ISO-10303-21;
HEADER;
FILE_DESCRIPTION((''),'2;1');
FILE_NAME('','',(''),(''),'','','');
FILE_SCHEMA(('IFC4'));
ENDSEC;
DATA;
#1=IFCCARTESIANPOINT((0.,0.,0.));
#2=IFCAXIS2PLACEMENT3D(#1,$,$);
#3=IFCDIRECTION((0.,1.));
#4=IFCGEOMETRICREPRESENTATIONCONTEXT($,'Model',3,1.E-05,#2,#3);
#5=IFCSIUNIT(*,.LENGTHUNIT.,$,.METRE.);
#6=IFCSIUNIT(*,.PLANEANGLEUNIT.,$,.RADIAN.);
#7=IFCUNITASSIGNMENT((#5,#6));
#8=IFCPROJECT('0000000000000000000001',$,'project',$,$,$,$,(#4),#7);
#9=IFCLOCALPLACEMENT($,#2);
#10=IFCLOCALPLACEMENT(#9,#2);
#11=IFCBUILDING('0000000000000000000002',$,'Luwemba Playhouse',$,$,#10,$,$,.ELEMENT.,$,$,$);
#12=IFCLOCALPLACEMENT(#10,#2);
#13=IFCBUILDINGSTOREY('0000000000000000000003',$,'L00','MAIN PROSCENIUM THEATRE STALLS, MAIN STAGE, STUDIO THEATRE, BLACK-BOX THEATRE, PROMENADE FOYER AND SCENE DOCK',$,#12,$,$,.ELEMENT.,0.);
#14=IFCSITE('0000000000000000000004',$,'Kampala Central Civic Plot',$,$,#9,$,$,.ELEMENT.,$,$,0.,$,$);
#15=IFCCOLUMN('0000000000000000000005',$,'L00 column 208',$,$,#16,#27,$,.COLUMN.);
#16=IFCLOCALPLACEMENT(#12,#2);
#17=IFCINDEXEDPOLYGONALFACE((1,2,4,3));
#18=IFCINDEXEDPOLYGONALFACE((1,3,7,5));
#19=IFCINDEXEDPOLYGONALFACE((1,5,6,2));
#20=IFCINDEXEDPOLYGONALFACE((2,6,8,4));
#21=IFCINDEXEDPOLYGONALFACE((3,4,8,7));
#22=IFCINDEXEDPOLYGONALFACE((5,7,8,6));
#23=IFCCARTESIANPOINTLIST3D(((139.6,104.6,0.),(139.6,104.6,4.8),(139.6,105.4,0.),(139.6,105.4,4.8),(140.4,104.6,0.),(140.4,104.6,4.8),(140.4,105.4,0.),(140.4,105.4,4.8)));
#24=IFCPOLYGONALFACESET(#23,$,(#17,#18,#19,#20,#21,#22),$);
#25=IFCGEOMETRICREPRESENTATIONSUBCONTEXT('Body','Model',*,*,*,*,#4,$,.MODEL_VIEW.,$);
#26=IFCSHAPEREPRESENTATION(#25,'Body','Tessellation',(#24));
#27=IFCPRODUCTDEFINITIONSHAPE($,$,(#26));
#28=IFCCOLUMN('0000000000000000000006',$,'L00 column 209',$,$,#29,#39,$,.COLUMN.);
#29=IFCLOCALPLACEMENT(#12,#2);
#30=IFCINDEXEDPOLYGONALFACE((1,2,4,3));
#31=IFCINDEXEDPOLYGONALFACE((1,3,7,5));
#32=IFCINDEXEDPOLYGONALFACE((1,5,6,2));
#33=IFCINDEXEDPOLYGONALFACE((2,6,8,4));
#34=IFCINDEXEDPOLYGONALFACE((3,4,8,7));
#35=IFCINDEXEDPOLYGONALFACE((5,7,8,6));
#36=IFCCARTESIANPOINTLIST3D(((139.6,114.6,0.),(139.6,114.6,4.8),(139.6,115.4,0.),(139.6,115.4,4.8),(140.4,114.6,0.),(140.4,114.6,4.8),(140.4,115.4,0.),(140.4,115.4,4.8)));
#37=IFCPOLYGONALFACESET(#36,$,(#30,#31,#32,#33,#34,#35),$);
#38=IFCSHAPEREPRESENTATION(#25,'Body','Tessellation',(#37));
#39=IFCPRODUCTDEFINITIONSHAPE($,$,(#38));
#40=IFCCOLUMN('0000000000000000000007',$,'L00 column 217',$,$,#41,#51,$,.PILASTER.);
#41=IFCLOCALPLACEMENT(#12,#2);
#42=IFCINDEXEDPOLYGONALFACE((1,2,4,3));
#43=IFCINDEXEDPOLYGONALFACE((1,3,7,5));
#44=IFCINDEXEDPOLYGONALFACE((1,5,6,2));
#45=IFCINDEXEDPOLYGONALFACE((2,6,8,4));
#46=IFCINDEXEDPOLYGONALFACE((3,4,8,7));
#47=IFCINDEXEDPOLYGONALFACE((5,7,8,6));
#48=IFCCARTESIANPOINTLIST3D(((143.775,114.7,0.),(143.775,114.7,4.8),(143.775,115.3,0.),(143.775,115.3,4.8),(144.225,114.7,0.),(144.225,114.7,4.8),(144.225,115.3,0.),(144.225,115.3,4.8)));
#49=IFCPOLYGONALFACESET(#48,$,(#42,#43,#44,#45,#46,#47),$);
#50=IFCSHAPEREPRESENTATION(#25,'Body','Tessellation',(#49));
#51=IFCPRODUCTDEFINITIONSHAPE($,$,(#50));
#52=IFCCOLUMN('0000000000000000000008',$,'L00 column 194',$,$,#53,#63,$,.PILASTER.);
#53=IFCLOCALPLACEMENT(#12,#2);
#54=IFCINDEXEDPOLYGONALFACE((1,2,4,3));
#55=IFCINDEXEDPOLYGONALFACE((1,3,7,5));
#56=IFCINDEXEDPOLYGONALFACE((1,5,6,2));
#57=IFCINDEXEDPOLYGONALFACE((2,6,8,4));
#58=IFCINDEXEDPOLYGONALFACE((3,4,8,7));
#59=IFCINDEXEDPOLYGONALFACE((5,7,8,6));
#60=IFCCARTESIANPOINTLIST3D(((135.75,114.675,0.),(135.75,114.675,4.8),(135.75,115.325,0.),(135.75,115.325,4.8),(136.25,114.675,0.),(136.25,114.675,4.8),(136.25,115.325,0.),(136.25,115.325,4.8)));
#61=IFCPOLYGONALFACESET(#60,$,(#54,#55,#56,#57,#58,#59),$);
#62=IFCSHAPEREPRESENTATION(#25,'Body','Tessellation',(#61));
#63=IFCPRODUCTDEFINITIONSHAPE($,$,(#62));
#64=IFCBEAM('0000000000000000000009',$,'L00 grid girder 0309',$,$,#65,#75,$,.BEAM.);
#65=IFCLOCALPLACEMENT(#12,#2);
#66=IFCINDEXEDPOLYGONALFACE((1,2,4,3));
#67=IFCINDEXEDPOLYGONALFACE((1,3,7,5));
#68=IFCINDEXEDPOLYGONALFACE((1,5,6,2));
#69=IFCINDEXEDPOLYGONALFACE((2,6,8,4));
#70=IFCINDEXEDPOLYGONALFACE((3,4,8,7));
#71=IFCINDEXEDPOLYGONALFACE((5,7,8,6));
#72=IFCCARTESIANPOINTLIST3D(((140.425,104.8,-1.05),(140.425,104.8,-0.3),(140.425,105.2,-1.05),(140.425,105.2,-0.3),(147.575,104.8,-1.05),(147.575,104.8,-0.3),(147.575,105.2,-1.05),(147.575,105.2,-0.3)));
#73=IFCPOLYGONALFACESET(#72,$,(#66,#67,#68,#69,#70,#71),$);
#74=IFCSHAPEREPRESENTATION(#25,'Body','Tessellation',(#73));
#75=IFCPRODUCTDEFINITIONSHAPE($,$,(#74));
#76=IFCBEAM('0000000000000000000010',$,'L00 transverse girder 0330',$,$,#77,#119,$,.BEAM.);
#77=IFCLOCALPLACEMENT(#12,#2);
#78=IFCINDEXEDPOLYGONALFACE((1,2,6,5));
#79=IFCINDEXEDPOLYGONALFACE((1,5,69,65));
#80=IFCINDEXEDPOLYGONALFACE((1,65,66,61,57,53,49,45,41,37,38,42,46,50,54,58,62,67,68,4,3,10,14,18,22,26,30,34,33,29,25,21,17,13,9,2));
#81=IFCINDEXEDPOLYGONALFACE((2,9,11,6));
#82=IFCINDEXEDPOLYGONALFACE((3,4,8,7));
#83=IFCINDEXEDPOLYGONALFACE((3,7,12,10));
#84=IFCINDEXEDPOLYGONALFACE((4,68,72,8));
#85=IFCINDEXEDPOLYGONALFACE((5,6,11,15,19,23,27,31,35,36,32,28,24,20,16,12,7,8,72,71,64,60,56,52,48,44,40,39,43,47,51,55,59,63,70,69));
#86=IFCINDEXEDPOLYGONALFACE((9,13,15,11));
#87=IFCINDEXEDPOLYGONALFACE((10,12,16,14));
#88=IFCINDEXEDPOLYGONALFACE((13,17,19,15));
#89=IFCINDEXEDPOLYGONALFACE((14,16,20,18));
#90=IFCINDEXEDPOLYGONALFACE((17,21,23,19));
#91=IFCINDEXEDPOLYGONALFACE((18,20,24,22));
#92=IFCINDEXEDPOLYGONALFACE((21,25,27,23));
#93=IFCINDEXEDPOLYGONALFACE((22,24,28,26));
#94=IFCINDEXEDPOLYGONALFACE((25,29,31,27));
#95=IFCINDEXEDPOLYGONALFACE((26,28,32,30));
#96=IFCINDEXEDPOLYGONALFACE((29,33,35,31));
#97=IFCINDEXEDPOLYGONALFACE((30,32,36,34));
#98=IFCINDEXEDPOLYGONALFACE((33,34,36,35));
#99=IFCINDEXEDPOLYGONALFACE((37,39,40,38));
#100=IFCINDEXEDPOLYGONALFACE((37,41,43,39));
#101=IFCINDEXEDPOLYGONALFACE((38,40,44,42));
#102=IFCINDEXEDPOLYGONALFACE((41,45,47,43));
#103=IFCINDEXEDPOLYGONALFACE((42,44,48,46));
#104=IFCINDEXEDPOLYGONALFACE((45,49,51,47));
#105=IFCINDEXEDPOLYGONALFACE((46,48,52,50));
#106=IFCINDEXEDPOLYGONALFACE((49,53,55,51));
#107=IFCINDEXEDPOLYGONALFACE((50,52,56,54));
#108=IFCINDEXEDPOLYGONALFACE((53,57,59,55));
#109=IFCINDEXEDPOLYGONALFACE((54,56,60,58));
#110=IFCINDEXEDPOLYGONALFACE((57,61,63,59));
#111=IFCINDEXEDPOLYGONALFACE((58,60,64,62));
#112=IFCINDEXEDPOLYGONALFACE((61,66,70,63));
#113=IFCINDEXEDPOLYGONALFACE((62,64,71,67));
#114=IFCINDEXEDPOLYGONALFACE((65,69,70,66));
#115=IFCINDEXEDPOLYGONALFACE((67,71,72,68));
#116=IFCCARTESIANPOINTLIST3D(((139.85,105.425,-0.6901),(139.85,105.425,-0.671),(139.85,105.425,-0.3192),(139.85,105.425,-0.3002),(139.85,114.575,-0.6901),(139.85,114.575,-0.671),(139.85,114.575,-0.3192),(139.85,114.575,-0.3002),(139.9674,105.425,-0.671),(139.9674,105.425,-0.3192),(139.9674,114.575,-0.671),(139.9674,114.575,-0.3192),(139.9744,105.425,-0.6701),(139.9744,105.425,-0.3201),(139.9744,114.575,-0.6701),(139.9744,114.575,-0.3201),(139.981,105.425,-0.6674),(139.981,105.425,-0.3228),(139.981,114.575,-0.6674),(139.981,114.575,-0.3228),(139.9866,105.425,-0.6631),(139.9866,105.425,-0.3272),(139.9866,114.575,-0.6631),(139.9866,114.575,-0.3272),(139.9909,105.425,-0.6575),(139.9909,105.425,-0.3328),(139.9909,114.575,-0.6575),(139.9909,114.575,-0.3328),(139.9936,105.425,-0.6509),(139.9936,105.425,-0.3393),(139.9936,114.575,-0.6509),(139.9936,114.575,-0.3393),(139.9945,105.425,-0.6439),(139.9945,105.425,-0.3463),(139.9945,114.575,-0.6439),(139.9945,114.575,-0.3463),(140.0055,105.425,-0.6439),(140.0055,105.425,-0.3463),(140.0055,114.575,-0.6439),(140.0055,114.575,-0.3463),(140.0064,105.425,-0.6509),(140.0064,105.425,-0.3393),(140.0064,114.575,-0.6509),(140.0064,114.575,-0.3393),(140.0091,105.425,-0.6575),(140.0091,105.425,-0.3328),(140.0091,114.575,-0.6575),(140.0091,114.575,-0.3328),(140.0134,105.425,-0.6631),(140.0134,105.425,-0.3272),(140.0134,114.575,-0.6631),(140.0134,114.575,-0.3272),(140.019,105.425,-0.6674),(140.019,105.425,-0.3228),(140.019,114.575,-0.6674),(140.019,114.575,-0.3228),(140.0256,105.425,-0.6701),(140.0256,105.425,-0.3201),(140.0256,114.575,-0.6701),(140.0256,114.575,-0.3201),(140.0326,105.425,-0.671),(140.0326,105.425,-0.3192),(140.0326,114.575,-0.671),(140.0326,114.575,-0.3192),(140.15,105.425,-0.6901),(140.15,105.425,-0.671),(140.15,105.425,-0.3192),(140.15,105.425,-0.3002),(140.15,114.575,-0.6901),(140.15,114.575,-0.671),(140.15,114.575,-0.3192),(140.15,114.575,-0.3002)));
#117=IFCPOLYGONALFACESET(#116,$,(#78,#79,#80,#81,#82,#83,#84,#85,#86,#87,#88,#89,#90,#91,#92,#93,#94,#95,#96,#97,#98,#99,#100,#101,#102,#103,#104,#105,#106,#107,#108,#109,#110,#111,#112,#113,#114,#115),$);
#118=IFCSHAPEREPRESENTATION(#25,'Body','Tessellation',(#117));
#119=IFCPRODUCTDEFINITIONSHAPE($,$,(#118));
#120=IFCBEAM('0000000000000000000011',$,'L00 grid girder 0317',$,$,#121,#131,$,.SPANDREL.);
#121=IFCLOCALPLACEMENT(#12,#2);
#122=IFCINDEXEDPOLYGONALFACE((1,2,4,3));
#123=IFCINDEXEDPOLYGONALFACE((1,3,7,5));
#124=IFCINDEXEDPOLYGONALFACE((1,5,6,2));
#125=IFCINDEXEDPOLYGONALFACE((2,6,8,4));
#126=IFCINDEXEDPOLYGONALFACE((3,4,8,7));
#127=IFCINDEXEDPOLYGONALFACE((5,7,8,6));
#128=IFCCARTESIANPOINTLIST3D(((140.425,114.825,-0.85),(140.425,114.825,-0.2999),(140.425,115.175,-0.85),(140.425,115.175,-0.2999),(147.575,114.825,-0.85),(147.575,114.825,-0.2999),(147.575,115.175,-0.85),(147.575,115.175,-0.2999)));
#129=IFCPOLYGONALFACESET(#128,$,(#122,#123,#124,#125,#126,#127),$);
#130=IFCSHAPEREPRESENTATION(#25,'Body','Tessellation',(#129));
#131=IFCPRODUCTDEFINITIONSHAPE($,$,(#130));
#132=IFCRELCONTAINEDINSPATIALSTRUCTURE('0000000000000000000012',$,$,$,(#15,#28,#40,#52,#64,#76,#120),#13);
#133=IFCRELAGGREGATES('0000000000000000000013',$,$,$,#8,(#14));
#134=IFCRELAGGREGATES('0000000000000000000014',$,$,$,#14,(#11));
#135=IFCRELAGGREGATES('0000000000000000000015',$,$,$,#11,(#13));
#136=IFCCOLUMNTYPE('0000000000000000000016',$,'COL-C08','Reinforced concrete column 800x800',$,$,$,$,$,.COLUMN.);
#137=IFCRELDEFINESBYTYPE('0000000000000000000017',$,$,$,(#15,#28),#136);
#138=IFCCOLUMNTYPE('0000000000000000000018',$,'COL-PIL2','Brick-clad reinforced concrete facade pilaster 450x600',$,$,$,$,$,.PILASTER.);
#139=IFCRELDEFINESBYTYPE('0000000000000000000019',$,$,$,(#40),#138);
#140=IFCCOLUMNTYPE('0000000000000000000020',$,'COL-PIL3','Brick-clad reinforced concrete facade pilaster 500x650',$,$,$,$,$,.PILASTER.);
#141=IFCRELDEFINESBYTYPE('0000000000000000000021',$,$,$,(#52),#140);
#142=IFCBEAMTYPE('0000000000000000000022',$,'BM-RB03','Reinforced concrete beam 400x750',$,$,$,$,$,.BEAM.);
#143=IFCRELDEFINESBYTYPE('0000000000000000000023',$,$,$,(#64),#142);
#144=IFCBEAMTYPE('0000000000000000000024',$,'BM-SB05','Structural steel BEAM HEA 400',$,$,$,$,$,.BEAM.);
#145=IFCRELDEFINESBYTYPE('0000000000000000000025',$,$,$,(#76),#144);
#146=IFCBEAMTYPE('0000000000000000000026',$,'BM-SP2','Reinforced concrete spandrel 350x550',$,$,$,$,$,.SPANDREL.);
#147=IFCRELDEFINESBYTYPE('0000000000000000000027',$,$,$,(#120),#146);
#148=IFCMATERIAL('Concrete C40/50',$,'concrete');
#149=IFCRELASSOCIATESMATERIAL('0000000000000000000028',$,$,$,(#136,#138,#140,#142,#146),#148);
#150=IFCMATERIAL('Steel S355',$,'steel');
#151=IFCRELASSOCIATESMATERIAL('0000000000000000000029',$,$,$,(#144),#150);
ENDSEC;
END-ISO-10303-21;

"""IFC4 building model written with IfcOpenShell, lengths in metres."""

from ifc_helpers import new_model, si_unit, direction, frame, origin, origin_2d, place, context, subcontext, project, spatial, rectangle, i_section, extrude, material, material_profile, profile_set, type_object, element, save


model = new_model("IFC4")

# Units and contexts
model_context = context("Model", 3, precision=1e-05, world=origin(), true_north=direction((0.0, 1.0)))
body_context = subcontext(model_context, "Body", "Model", "MODEL_VIEW")
ifc_project = project(units=[si_unit("LENGTHUNIT", "METRE"), si_unit("PLANEANGLEUNIT", "RADIAN")], contexts=[model_context])

# Site, building, storey
site_placement = place(None, origin())
site = spatial("IfcSite", under=ifc_project, at=site_placement, Name="Kampala Central Civic Plot", CompositionType="ELEMENT", RefElevation=0.0)
building_placement = place(site_placement, origin())
building = spatial("IfcBuilding", under=site, at=building_placement, Name="Luwemba Playhouse", CompositionType="ELEMENT")
storey_placement = place(building_placement, origin())
storey = spatial("IfcBuildingStorey", under=building, at=storey_placement, Name="L00", Description="MAIN PROSCENIUM THEATRE STALLS, MAIN STAGE, STUDIO THEATRE, BLACK-BOX THEATRE, PROMENADE FOYER AND SCENE DOCK", CompositionType="ELEMENT", Elevation=0.0)

# Columns
ifc_material_1 = material(Name="Concrete C40/50", Category="concrete")
ifc_material_profile_1 = material_profile(ifc_material_1, rectangle(XDim=0.8, YDim=0.8, at=origin_2d()))
ifc_profile_set_1 = profile_set([ifc_material_profile_1], Name="Concrete C40/50")
column_type_1 = type_object("IfcColumnType", Name="COL-C08", Description="Reinforced concrete column 800x800", PredefinedType="COLUMN", material=ifc_profile_set_1)
for number, where, z_axis, x_axis, name in (
    (1, (140.0, 105.0, 0.0), (0.0, 0.0, 1.0), (1.0, 0.0, 0.0), "L00 column 208"),
    (2, (140.0, 115.0, 0.0), (0.0, 0.0, 1.0), (1.0, 0.0, 0.0), "L00 column 209"),
):
    element("IfcColumn", number, at=place(storey_placement, frame(where, z_axis=z_axis, x_axis=x_axis)), inside=storey, type_object=column_type_1, Name=name, PredefinedType="COLUMN", context=body_context, shape_type="SweptSolid", body=[
        extrude(rectangle(XDim=0.8, YDim=0.8, at=origin_2d()), origin(), (0.0, 0.0, 1.0), 4.8),
    ])
ifc_material_profile_2 = material_profile(ifc_material_1, rectangle(XDim=0.45, YDim=0.6001, at=origin_2d()))
ifc_profile_set_2 = profile_set([ifc_material_profile_2], Name="Concrete C40/50")
column_type_2 = type_object("IfcColumnType", Name="COL-PIL2", Description="Brick-clad reinforced concrete facade pilaster 450x600", PredefinedType="PILASTER", material=ifc_profile_set_2)
column_1_placement = place(storey_placement, frame((144.0, 115.0, 0.0), z_axis=(0.0, 0.0, 1.0), x_axis=(1.0, 0.0, 0.0)))
element("IfcColumn", 3, at=column_1_placement, inside=storey, type_object=column_type_2, Name="L00 column 217", PredefinedType="PILASTER", context=body_context, shape_type="SweptSolid", body=[
    extrude(rectangle(XDim=0.45, YDim=0.6001, at=origin_2d()), origin(), (0.0, 0.0, 1.0), 4.8),
])
ifc_material_profile_3 = material_profile(ifc_material_1, rectangle(XDim=0.5, YDim=0.6499, at=origin_2d()))
ifc_profile_set_3 = profile_set([ifc_material_profile_3], Name="Concrete C40/50")
column_type_3 = type_object("IfcColumnType", Name="COL-PIL3", Description="Brick-clad reinforced concrete facade pilaster 500x650", PredefinedType="PILASTER", material=ifc_profile_set_3)
column_2_placement = place(storey_placement, frame((136.0, 115.0, 0.0), z_axis=(0.0, 0.0, 1.0), x_axis=(1.0, 0.0, 0.0)))
element("IfcColumn", 4, at=column_2_placement, inside=storey, type_object=column_type_3, Name="L00 column 194", PredefinedType="PILASTER", context=body_context, shape_type="SweptSolid", body=[
    extrude(rectangle(XDim=0.5, YDim=0.6499, at=origin_2d()), origin(), (0.0, 0.0, 1.0), 4.8),
])

# Beams
ifc_material_profile_4 = material_profile(ifc_material_1, rectangle(XDim=0.3999, YDim=0.75, at=origin_2d()))
ifc_profile_set_4 = profile_set([ifc_material_profile_4], Name="Concrete C40/50")
beam_type_1 = type_object("IfcBeamType", Name="BM-RB03", Description="Reinforced concrete beam 400x750", PredefinedType="BEAM", material=ifc_profile_set_4)
beam_1_placement = place(storey_placement, frame((140.425, 105.0, -0.675), z_axis=(1.0, 0.0, 0.0), x_axis=(0.0, 1.0, 0.0)))
element("IfcBeam", 5, at=beam_1_placement, inside=storey, type_object=beam_type_1, Name="L00 grid girder 0309", PredefinedType="BEAM", context=body_context, shape_type="SweptSolid", body=[
    extrude(rectangle(XDim=0.3999, YDim=0.75, at=origin_2d()), origin(), (0.0, 0.0, 1.0), 7.1499),
])
ifc_material_2 = material(Name="Steel S355", Category="steel")
ifc_material_profile_5 = material_profile(ifc_material_2, i_section(OverallWidth=0.3, OverallDepth=0.3899, WebThickness=0.011, FlangeThickness=0.019, FilletRadius=0.0271, at=origin_2d()))
ifc_profile_set_5 = profile_set([ifc_material_profile_5], Name="Steel S355")
beam_type_2 = type_object("IfcBeamType", Name="BM-SB05", Description="Structural steel BEAM HEA 400", PredefinedType="BEAM", material=ifc_profile_set_5)
beam_2_placement = place(storey_placement, frame((140.0, 105.425, -0.4951), z_axis=(0.0, 1.0, 0.0), x_axis=(-1.0, 0.0, 0.0)))
element("IfcBeam", 6, at=beam_2_placement, inside=storey, type_object=beam_type_2, Name="L00 transverse girder 0330", PredefinedType="BEAM", context=body_context, shape_type="SweptSolid", body=[
    extrude(i_section(OverallWidth=0.3, OverallDepth=0.3899, WebThickness=0.011, FlangeThickness=0.019, FilletRadius=0.0271, at=origin_2d()), origin(), (0.0, 0.0, 1.0), 9.1499),
])
ifc_material_profile_6 = material_profile(ifc_material_1, rectangle(XDim=0.3501, YDim=0.55, at=origin_2d()))
ifc_profile_set_6 = profile_set([ifc_material_profile_6], Name="Concrete C40/50")
beam_type_3 = type_object("IfcBeamType", Name="BM-SP2", Description="Reinforced concrete spandrel 350x550", PredefinedType="SPANDREL", material=ifc_profile_set_6)
beam_3_placement = place(storey_placement, frame((140.425, 115.0, -0.575), z_axis=(1.0, 0.0, 0.0), x_axis=(0.0, 1.0, 0.0)))
element("IfcBeam", 7, at=beam_3_placement, inside=storey, type_object=beam_type_3, Name="L00 grid girder 0317", PredefinedType="SPANDREL", context=body_context, shape_type="SweptSolid", body=[
    extrude(rectangle(XDim=0.3501, YDim=0.55, at=origin_2d()), origin(), (0.0, 0.0, 1.0), 7.1499),
])

save(model, "model.ifc")
